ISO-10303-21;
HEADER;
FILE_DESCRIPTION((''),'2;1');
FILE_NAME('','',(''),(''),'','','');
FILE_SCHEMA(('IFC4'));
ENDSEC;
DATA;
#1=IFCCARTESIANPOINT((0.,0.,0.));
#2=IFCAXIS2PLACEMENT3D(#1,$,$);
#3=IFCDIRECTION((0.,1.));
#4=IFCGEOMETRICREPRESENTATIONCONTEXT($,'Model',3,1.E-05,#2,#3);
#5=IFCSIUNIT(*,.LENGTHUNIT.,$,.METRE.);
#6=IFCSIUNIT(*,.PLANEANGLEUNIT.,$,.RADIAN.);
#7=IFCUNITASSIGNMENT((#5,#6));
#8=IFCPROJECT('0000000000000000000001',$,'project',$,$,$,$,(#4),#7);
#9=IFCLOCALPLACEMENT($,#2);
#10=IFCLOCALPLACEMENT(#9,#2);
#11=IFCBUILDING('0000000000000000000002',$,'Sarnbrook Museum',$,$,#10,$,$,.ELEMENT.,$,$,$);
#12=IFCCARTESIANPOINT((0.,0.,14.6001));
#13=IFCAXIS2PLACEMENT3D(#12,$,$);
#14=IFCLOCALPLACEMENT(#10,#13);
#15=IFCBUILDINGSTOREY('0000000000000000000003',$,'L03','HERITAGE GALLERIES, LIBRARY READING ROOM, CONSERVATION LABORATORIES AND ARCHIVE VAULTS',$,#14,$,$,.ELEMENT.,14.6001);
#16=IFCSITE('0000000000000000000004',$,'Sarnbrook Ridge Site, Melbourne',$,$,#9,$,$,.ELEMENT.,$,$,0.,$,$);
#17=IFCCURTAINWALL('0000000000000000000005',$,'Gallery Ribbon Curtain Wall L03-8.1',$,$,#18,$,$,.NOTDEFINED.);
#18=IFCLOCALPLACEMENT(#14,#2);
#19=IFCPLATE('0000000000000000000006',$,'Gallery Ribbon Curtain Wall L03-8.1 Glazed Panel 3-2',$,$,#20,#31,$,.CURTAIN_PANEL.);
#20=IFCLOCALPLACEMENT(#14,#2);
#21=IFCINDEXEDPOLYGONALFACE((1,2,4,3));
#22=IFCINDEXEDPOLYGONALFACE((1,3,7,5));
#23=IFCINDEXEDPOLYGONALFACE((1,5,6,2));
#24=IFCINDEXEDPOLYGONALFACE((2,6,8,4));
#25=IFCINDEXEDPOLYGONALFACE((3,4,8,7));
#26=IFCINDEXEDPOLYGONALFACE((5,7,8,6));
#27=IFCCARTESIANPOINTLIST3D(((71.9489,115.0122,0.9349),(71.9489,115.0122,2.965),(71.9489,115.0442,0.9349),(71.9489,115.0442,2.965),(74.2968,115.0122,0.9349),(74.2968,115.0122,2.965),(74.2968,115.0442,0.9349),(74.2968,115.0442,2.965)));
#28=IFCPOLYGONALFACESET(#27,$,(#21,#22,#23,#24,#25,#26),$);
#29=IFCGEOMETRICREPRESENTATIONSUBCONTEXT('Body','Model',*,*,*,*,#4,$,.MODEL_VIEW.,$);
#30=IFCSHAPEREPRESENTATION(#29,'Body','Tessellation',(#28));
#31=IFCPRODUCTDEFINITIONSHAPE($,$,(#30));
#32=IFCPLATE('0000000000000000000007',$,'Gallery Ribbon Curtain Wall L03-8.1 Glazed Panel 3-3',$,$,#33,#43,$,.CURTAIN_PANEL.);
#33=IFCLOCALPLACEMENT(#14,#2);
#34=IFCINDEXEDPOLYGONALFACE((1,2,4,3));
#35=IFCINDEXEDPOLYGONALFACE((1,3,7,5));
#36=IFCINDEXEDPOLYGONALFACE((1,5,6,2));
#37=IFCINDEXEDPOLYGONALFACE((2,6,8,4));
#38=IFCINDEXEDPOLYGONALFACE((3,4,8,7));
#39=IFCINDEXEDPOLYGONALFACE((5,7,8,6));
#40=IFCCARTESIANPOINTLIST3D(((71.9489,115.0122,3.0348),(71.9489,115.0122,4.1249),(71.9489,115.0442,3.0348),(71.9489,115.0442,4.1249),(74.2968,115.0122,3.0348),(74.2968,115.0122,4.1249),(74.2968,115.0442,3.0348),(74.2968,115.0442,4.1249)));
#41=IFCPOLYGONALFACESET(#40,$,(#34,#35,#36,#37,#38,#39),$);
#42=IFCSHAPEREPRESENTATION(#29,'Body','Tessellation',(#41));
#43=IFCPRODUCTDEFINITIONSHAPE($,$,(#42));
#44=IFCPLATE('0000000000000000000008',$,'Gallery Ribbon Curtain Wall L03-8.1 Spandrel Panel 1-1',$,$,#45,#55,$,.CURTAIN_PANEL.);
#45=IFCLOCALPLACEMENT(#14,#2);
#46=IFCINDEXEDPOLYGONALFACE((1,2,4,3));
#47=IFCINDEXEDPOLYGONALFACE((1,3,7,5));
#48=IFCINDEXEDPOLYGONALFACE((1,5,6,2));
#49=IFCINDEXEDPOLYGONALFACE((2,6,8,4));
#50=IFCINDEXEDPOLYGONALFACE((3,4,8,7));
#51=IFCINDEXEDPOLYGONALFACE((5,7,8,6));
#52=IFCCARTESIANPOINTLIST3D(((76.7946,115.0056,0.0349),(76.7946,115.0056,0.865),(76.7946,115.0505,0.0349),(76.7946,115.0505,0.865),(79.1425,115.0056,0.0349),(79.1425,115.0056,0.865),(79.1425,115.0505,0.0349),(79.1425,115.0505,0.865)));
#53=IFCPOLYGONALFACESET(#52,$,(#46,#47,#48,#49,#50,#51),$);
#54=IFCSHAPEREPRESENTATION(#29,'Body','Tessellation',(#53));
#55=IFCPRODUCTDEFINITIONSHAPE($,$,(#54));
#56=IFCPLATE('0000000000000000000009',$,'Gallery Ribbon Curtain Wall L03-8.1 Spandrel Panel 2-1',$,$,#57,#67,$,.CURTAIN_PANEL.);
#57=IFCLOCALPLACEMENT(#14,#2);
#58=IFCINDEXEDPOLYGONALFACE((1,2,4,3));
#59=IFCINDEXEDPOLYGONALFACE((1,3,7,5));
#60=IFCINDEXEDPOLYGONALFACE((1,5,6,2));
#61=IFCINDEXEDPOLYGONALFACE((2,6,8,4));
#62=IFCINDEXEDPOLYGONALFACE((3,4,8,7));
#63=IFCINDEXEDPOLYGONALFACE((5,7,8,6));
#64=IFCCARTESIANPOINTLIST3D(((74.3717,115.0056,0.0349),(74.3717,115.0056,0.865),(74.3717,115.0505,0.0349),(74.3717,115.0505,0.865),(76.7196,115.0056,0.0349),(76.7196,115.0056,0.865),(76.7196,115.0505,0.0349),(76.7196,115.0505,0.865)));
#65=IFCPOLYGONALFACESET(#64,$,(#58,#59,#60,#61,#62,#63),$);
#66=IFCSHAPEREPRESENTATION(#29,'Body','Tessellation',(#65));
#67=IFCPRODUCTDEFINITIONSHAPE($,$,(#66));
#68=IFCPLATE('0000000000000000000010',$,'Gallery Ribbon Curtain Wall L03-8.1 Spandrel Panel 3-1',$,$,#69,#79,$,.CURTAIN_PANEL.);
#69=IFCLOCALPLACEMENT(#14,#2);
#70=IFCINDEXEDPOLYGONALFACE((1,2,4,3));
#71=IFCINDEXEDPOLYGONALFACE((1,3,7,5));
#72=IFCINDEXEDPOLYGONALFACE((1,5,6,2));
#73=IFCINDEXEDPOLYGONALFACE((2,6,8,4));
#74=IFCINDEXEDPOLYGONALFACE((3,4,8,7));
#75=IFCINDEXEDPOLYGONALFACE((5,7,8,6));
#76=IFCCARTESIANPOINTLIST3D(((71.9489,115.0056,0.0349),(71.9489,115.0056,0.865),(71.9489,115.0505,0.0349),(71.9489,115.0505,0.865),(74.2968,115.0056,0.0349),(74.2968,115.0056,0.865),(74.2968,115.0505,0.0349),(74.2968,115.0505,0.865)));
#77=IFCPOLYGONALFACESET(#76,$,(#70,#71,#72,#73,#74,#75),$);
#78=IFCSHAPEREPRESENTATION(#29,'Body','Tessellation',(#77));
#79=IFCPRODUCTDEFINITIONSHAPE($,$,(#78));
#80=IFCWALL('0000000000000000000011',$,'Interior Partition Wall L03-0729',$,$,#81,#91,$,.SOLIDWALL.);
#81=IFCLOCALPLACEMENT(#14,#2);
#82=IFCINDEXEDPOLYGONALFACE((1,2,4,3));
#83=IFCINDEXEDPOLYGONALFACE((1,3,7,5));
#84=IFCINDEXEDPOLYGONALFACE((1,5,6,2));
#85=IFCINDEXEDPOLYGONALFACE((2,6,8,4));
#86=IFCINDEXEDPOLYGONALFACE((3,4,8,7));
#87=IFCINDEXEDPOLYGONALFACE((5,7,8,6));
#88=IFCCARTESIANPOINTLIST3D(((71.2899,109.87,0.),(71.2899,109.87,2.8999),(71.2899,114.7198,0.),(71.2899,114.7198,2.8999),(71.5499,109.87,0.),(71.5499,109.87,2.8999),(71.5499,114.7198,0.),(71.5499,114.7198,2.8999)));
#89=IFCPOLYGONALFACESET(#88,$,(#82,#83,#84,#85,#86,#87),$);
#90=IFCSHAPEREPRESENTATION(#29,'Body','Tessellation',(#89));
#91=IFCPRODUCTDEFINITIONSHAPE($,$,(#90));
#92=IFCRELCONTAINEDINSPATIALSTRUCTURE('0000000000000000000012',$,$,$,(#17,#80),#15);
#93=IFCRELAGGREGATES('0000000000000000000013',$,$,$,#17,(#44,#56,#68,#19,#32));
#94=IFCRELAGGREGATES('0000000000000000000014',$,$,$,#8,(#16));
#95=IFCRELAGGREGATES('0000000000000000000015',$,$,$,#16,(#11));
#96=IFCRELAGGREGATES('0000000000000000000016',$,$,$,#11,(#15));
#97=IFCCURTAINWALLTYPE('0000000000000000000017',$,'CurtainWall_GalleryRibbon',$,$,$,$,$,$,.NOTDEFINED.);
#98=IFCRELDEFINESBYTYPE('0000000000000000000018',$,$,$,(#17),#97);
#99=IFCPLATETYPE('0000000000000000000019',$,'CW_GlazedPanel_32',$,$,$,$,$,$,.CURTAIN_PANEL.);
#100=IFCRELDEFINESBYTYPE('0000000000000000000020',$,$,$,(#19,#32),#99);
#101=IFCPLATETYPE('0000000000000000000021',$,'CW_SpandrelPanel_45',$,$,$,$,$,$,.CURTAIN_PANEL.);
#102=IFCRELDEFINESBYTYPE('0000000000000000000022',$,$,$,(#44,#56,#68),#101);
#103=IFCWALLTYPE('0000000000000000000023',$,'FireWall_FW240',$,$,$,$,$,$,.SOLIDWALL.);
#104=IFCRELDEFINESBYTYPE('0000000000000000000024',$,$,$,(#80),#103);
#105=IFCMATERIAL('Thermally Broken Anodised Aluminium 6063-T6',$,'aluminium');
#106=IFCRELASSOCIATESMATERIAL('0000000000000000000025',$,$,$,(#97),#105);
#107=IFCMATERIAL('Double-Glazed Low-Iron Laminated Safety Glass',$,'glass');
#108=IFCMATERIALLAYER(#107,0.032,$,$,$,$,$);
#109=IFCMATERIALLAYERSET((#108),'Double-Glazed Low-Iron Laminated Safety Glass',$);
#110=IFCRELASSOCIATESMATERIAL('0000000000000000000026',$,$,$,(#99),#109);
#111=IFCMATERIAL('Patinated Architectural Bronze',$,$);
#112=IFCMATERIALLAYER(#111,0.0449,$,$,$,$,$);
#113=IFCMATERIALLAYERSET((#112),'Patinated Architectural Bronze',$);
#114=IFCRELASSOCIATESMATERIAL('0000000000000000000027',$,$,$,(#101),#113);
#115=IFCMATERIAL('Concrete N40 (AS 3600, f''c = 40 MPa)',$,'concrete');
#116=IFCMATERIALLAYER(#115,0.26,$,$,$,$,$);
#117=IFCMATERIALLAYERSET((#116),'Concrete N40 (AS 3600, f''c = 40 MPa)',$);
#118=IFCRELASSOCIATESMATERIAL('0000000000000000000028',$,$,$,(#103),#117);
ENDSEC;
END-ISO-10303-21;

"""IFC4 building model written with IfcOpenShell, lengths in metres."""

from ifc_helpers import new_model, si_unit, direction, frame, frame_2d, origin, origin_2d, place, context, subcontext, project, spatial, rectangle, extrude, material, layer, layer_set, type_object, element, aggregate, save


model = new_model("IFC4")

# Units and contexts
model_context = context("Model", 3, precision=1e-05, world=origin(), true_north=direction((0.0, 1.0)))
body_context = subcontext(model_context, "Body", "Model", "MODEL_VIEW")
ifc_project = project(units=[si_unit("LENGTHUNIT", "METRE"), si_unit("PLANEANGLEUNIT", "RADIAN")], contexts=[model_context])

# Site, building, storey
site_placement = place(None, origin())
site = spatial("IfcSite", under=ifc_project, at=site_placement, Name="Sarnbrook Ridge Site, Melbourne", CompositionType="ELEMENT", RefElevation=0.0)
building_placement = place(site_placement, origin())
building = spatial("IfcBuilding", under=site, at=building_placement, Name="Sarnbrook Museum", CompositionType="ELEMENT")
storey_placement = place(building_placement, frame((0.0, 0.0, 14.6001)))
storey = spatial("IfcBuildingStorey", under=building, at=storey_placement, Name="L03", Description="HERITAGE GALLERIES, LIBRARY READING ROOM, CONSERVATION LABORATORIES AND ARCHIVE VAULTS", CompositionType="ELEMENT", Elevation=14.6001)

# Shared definitions
ifc_material_1 = material(Name="Concrete N40 (AS 3600, f'c = 40 MPa)", Category="concrete")

# Curtain wall
ifc_material_2 = material(Name="Thermally Broken Anodised Aluminium 6063-T6", Category="aluminium")
curtain_wall_type = type_object("IfcCurtainWallType", Name="CurtainWall_GalleryRibbon", PredefinedType="NOTDEFINED", material=ifc_material_2)
curtain_wall_placement = place(storey_placement, origin())
curtain_wall = element("IfcCurtainWall", 1, at=curtain_wall_placement, inside=storey, type_object=curtain_wall_type, Name="Gallery Ribbon Curtain Wall L03-8.1", PredefinedType="NOTDEFINED")

# Plates
ifc_material_3 = material(Name="Double-Glazed Low-Iron Laminated Safety Glass", Category="glass")
ifc_layer_1 = layer(ifc_material_3, 0.032)
ifc_layer_set_1 = layer_set([ifc_layer_1], Name="Double-Glazed Low-Iron Laminated Safety Glass")
plate_type_1 = type_object("IfcPlateType", Name="CW_GlazedPanel_32", PredefinedType="CURTAIN_PANEL", material=ifc_layer_set_1)
plate_1_placement = place(storey_placement, frame((73.1228, 115.0122, 1.95), z_axis=(0.0, 1.0, 0.0), x_axis=(-1.0, 0.0, 0.0)))
plate_1 = element("IfcPlate", 2, at=plate_1_placement, type_object=plate_type_1, Name="Gallery Ribbon Curtain Wall L03-8.1 Glazed Panel 3-2", PredefinedType="CURTAIN_PANEL", context=body_context, shape_type="SweptSolid", body=[
    extrude(rectangle(XDim=2.3479, YDim=2.03, at=origin_2d()), origin(), (0.0, 0.0, 1.0), 0.032),
])
plate_2_placement = place(storey_placement, frame((73.1228, 115.0122, 3.5798), z_axis=(0.0, 1.0, 0.0), x_axis=(-1.0, 0.0, 0.0)))
plate_2 = element("IfcPlate", 3, at=plate_2_placement, type_object=plate_type_1, Name="Gallery Ribbon Curtain Wall L03-8.1 Glazed Panel 3-3", PredefinedType="CURTAIN_PANEL", context=body_context, shape_type="SweptSolid", body=[
    extrude(rectangle(XDim=2.3479, YDim=1.0901, at=origin_2d()), origin(), (0.0, 0.0, 1.0), 0.032),
])
ifc_material_4 = material(Name="Patinated Architectural Bronze")
ifc_layer_2 = layer(ifc_material_4, 0.0449)
ifc_layer_set_2 = layer_set([ifc_layer_2], Name="Patinated Architectural Bronze")
plate_type_2 = type_object("IfcPlateType", Name="CW_SpandrelPanel_45", PredefinedType="CURTAIN_PANEL", material=ifc_layer_set_2)
plate_3_placement = place(storey_placement, frame((77.9685, 115.0056, 0.45), z_axis=(0.0, 1.0, 0.0), x_axis=(-1.0, 0.0, 0.0)))
plate_3 = element("IfcPlate", 4, at=plate_3_placement, type_object=plate_type_2, Name="Gallery Ribbon Curtain Wall L03-8.1 Spandrel Panel 1-1", PredefinedType="CURTAIN_PANEL", context=body_context, shape_type="SweptSolid", body=[
    extrude(rectangle(XDim=2.3479, YDim=0.8301, at=origin_2d()), origin(), (0.0, 0.0, 1.0), 0.0449),
])
plate_4_placement = place(storey_placement, frame((75.5457, 115.0056, 0.45), z_axis=(0.0, 1.0, 0.0), x_axis=(-1.0, 0.0, 0.0)))
plate_4 = element("IfcPlate", 5, at=plate_4_placement, type_object=plate_type_2, Name="Gallery Ribbon Curtain Wall L03-8.1 Spandrel Panel 2-1", PredefinedType="CURTAIN_PANEL", context=body_context, shape_type="SweptSolid", body=[
    extrude(rectangle(XDim=2.3479, YDim=0.8301, at=origin_2d()), origin(), (0.0, 0.0, 1.0), 0.0449),
])
plate_5_placement = place(storey_placement, frame((73.1228, 115.0056, 0.45), z_axis=(0.0, 1.0, 0.0), x_axis=(-1.0, 0.0, 0.0)))
plate_5 = element("IfcPlate", 6, at=plate_5_placement, type_object=plate_type_2, Name="Gallery Ribbon Curtain Wall L03-8.1 Spandrel Panel 3-1", PredefinedType="CURTAIN_PANEL", context=body_context, shape_type="SweptSolid", body=[
    extrude(rectangle(XDim=2.3479, YDim=0.8301, at=origin_2d()), origin(), (0.0, 0.0, 1.0), 0.0449),
])
aggregate(curtain_wall, [plate_3, plate_4, plate_5, plate_1, plate_2])

# Wall
ifc_layer_3 = layer(ifc_material_1, 0.26)
ifc_layer_set_3 = layer_set([ifc_layer_3], Name="Concrete N40 (AS 3600, f'c = 40 MPa)")
wall_type = type_object("IfcWallType", Name="FireWall_FW240", PredefinedType="SOLIDWALL", material=ifc_layer_set_3)
wall_placement = place(storey_placement, frame((71.4199, 109.8701, 0.0), z_axis=(0.0, 0.0, 1.0), x_axis=(0.0, 1.0, 0.0)))
element("IfcWall", 7, at=wall_placement, inside=storey, type_object=wall_type, Name="Interior Partition Wall L03-0729", PredefinedType="SOLIDWALL", context=body_context, shape_type="SweptSolid", body=[
    extrude(rectangle(XDim=4.8499, YDim=0.26, at=frame_2d((2.4248, 0.0))), origin(), (0.0, 0.0, 1.0), 2.8999),
])

save(model, "model.ifc")
